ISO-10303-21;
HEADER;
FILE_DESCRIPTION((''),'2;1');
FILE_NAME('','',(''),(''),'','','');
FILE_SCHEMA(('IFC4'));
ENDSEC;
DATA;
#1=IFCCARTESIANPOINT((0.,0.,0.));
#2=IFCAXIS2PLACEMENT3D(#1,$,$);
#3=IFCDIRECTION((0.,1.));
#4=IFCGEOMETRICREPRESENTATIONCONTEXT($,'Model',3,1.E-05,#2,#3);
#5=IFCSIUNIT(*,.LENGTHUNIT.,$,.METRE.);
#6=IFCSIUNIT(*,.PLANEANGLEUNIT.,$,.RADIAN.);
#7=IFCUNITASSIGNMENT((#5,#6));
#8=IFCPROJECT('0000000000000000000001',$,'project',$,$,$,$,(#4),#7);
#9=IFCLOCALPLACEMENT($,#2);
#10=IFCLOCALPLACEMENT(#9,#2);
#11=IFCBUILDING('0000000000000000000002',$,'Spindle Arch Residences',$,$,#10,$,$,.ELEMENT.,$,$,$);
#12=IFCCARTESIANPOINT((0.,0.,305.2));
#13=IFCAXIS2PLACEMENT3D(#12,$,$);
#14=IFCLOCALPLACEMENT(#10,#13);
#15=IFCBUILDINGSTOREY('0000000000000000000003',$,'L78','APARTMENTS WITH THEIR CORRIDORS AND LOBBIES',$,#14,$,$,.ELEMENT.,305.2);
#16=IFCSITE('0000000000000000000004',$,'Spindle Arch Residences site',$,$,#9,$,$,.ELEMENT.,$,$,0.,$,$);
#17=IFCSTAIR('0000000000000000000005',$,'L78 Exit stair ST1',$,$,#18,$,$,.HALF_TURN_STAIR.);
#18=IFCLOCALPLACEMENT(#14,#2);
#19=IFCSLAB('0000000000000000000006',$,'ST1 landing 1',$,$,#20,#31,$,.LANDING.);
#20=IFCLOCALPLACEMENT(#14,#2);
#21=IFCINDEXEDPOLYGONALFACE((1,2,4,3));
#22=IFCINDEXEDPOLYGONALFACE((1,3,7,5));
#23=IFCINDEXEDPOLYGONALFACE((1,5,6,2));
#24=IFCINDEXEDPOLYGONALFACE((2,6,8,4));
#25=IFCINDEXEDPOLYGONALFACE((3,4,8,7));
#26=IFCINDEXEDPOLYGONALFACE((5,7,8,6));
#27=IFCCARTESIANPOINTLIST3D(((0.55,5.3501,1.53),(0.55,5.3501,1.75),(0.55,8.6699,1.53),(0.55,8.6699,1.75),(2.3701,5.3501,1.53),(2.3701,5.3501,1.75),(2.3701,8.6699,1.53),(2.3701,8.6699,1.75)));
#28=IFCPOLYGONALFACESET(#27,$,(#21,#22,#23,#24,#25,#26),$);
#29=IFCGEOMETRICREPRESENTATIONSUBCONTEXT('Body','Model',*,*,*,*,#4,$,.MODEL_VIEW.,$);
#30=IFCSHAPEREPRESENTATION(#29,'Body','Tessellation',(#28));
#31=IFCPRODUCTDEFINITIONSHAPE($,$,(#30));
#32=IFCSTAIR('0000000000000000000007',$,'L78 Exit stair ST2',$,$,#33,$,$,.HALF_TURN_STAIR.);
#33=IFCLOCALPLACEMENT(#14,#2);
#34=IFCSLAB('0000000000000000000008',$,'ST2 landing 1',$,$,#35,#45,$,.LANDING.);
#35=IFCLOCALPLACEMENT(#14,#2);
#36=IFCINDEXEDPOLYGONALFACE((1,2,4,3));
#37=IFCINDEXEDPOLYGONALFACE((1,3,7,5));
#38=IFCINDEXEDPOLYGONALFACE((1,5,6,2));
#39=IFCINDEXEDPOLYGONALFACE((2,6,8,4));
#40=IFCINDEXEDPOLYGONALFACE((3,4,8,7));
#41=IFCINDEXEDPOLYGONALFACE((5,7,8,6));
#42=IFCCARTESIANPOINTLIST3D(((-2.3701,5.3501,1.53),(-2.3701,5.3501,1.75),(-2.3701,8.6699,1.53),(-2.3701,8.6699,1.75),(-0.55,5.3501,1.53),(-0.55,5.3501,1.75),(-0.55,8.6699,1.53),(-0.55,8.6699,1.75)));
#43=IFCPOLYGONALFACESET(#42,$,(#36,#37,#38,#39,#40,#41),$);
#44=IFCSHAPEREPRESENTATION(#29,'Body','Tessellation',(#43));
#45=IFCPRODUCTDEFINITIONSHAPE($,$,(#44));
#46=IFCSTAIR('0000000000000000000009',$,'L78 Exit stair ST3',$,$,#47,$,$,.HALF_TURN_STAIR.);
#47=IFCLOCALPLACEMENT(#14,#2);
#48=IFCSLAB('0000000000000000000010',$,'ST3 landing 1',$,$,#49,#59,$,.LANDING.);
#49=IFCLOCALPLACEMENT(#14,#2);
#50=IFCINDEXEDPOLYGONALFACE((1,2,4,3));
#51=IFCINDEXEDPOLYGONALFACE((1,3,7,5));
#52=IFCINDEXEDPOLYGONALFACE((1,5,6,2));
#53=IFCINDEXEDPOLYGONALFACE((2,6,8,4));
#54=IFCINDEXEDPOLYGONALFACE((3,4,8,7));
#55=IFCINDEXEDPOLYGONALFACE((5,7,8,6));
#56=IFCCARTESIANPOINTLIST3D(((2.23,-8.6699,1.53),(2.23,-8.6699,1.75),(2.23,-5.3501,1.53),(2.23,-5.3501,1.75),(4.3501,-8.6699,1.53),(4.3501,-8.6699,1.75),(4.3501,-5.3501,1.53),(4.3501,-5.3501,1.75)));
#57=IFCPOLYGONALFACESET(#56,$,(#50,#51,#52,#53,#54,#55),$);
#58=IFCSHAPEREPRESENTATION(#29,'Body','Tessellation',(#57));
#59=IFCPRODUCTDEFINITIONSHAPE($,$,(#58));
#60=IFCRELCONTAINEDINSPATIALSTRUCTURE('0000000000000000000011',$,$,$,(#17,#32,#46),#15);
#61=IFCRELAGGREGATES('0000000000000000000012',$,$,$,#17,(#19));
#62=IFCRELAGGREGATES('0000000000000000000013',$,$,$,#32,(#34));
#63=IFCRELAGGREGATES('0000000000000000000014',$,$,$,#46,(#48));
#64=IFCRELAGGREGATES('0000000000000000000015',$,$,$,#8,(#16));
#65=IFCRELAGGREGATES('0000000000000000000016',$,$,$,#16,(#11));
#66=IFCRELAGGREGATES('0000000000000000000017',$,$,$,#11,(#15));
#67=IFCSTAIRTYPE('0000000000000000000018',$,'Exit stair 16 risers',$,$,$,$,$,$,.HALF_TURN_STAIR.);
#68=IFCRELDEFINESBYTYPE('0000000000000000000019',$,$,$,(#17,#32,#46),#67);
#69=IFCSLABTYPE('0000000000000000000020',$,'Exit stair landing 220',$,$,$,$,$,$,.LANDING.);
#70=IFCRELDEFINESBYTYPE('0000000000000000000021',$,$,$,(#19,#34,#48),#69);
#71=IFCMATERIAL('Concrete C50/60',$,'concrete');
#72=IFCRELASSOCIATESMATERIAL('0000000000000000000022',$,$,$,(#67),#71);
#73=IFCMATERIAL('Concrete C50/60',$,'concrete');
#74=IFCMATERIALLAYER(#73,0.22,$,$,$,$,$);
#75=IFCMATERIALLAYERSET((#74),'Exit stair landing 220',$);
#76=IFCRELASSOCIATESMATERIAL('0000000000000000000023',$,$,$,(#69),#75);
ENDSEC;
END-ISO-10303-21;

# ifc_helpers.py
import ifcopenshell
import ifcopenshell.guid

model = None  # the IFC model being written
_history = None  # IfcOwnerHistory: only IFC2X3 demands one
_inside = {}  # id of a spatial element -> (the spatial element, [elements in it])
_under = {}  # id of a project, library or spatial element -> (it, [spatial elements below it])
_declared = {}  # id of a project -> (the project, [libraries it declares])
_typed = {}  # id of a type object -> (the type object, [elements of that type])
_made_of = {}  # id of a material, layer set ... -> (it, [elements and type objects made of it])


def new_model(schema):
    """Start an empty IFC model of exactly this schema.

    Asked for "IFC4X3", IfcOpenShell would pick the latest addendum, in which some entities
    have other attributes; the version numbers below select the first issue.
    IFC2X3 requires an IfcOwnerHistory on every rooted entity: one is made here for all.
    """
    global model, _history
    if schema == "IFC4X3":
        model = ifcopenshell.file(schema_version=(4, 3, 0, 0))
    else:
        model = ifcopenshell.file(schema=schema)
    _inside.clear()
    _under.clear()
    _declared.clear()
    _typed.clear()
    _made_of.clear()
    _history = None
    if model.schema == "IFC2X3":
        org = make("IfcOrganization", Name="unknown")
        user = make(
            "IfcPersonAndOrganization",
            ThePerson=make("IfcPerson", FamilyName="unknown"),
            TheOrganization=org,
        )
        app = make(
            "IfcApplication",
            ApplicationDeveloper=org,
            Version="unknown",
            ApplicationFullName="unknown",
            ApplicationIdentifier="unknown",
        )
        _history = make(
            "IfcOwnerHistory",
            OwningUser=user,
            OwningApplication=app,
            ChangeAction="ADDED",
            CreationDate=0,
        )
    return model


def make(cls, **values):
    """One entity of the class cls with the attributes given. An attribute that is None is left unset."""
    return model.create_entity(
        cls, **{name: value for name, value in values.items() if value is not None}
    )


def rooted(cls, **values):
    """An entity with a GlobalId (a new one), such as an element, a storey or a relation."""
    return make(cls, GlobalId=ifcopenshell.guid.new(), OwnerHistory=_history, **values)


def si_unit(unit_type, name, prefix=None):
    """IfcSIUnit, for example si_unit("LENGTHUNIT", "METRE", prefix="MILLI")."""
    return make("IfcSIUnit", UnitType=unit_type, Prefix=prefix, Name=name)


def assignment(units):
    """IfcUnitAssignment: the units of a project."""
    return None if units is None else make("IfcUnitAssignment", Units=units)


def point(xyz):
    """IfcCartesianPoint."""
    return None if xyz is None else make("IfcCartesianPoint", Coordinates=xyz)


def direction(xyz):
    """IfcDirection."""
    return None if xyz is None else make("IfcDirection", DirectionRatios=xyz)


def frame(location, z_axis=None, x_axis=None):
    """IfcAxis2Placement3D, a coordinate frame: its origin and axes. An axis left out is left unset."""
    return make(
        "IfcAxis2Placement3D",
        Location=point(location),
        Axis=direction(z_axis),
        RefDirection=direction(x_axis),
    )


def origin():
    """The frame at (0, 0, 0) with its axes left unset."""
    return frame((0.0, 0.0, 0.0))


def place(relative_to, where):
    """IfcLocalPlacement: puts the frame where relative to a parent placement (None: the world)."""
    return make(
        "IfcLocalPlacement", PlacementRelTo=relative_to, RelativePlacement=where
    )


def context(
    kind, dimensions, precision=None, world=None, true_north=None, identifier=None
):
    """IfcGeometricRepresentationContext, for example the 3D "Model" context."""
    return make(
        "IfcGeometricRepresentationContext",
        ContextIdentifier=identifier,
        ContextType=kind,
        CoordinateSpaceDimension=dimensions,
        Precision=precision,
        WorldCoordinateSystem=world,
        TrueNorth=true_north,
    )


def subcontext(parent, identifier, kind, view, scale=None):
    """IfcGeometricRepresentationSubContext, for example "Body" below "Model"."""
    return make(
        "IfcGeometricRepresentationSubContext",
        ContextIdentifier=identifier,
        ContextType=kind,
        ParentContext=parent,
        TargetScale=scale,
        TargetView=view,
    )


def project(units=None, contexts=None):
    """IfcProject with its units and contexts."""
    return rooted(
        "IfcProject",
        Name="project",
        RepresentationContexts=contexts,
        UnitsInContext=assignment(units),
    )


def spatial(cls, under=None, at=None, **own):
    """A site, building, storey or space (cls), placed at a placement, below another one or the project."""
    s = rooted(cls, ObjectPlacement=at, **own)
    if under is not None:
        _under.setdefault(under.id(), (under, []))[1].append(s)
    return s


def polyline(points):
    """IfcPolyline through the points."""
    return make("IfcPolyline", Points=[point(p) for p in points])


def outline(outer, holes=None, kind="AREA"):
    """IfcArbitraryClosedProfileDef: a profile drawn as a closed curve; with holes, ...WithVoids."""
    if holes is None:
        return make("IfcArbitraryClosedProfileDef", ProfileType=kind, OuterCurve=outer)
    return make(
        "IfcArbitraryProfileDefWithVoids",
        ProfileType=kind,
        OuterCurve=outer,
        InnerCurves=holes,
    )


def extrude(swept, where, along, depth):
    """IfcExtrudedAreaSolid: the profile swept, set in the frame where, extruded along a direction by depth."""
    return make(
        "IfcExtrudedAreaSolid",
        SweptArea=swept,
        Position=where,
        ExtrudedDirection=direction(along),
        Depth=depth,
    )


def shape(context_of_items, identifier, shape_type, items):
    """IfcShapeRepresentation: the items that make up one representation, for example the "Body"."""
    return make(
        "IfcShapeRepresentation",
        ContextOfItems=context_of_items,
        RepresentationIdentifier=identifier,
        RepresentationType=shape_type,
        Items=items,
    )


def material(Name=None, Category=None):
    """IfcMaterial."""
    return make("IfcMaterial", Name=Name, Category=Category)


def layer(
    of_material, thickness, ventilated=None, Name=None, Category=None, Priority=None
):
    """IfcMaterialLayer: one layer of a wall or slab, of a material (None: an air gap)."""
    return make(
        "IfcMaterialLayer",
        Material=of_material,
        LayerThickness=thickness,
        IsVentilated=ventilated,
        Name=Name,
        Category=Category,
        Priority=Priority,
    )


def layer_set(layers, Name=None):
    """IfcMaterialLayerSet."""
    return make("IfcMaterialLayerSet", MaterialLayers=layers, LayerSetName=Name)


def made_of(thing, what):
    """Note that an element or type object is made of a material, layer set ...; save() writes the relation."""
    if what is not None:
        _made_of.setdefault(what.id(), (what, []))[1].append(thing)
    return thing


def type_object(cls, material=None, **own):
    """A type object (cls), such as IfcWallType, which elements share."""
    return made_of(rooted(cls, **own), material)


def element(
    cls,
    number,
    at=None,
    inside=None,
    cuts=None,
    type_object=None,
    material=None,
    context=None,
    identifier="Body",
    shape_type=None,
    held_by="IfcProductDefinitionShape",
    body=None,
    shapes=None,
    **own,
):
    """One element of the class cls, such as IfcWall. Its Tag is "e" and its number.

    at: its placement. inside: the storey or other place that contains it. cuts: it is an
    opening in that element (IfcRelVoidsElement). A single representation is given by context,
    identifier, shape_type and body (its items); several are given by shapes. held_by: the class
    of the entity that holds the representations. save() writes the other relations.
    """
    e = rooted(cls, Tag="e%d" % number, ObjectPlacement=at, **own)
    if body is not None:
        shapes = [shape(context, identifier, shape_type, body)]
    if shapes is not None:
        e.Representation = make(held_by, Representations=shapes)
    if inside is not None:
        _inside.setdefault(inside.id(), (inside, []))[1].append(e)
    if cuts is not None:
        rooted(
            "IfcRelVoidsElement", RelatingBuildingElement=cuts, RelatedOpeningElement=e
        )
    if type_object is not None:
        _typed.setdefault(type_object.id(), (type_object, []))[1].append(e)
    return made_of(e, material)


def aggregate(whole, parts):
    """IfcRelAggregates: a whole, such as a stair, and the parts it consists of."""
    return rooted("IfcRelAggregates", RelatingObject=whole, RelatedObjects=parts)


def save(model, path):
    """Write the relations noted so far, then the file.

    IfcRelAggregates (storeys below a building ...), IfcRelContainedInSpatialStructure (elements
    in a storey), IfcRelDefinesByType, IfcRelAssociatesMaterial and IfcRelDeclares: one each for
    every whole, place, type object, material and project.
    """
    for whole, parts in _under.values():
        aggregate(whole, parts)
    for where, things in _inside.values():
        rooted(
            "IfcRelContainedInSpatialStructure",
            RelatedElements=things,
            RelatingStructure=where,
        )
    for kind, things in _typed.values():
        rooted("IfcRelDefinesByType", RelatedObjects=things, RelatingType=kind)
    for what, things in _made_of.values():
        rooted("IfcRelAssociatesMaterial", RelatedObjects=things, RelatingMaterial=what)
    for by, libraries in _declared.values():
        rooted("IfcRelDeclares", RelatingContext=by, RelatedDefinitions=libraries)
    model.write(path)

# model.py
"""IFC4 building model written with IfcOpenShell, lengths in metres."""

from ifc_helpers import new_model, si_unit, direction, frame, origin, place, context, subcontext, project, spatial, polyline, outline, extrude, material, layer, layer_set, type_object, element, aggregate, save


model = new_model("IFC4")

# Units and contexts
model_context = context("Model", 3, precision=1e-05, world=origin(), true_north=direction((0.0, 1.0)))
body_context = subcontext(model_context, "Body", "Model", "MODEL_VIEW")
ifc_project = project(units=[si_unit("LENGTHUNIT", "METRE"), si_unit("PLANEANGLEUNIT", "RADIAN")], contexts=[model_context])

# Site, building, storey
site_placement = place(None, origin())
site = spatial("IfcSite", under=ifc_project, at=site_placement, Name="Spindle Arch Residences site", CompositionType="ELEMENT", RefElevation=0.0)
building_placement = place(site_placement, origin())
building = spatial("IfcBuilding", under=site, at=building_placement, Name="Spindle Arch Residences", CompositionType="ELEMENT")
storey_placement = place(building_placement, frame((0.0, 0.0, 305.2)))
storey = spatial("IfcBuildingStorey", under=building, at=storey_placement, Name="L78", Description="APARTMENTS WITH THEIR CORRIDORS AND LOBBIES", CompositionType="ELEMENT", Elevation=305.2)

# Stairs, slabs
ifc_material_1 = material(Name="Concrete C50/60", Category="concrete")
stair_type = type_object("IfcStairType", Name="Exit stair 16 risers", PredefinedType="HALF_TURN_STAIR", material=ifc_material_1)
stair_1_placement = place(storey_placement, origin())
stair_1 = element("IfcStair", 1, at=stair_1_placement, inside=storey, type_object=stair_type, Name="L78 Exit stair ST1", PredefinedType="HALF_TURN_STAIR")
ifc_material_2 = material(Name="Concrete C50/60", Category="concrete")
ifc_layer_1 = layer(ifc_material_2, 0.22)
ifc_layer_set_1 = layer_set([ifc_layer_1], Name="Exit stair landing 220")
slab_type_1 = type_object("IfcSlabType", Name="Exit stair landing 220", PredefinedType="LANDING", material=ifc_layer_set_1)
slab_1_placement = place(storey_placement, frame((0.0, 0.0, 1.53)))
slab_1 = element("IfcSlab", 2, at=slab_1_placement, type_object=slab_type_1, Name="ST1 landing 1", PredefinedType="LANDING", context=body_context, shape_type="SweptSolid", body=[
    extrude(outline(polyline([(2.3701, 8.6699), (0.55, 8.6699), (0.55, 5.3501), (2.3701, 5.3501), (2.3701, 8.6699)])), origin(), (0.0, 0.0, 1.0), 0.22),
])
aggregate(stair_1, [slab_1])
stair_2_placement = place(storey_placement, origin())
stair_2 = element("IfcStair", 3, at=stair_2_placement, inside=storey, type_object=stair_type, Name="L78 Exit stair ST2", PredefinedType="HALF_TURN_STAIR")
slab_2_placement = place(storey_placement, frame((0.0, 0.0, 1.53)))
slab_2 = element("IfcSlab", 4, at=slab_2_placement, type_object=slab_type_1, Name="ST2 landing 1", PredefinedType="LANDING", context=body_context, shape_type="SweptSolid", body=[
    extrude(outline(polyline([(-2.3701, 5.3501), (-0.55, 5.3501), (-0.55, 8.6699), (-2.3701, 8.6699), (-2.3701, 5.3501)])), origin(), (0.0, 0.0, 1.0), 0.22),
])
aggregate(stair_2, [slab_2])
stair_3_placement = place(storey_placement, origin())
stair_3 = element("IfcStair", 5, at=stair_3_placement, inside=storey, type_object=stair_type, Name="L78 Exit stair ST3", PredefinedType="HALF_TURN_STAIR")
slab_3_placement = place(storey_placement, frame((0.0, 0.0, 1.53)))
slab_3 = element("IfcSlab", 6, at=slab_3_placement, type_object=slab_type_1, Name="ST3 landing 1", PredefinedType="LANDING", context=body_context, shape_type="SweptSolid", body=[
    extrude(outline(polyline([(2.23, -8.6699), (4.3501, -8.6699), (4.3501, -5.3501), (2.23, -5.3501), (2.23, -8.6699)])), origin(), (0.0, 0.0, 1.0), 0.22),
])

aggregate(stair_3, [slab_3])

save(model, "model.ifc")
